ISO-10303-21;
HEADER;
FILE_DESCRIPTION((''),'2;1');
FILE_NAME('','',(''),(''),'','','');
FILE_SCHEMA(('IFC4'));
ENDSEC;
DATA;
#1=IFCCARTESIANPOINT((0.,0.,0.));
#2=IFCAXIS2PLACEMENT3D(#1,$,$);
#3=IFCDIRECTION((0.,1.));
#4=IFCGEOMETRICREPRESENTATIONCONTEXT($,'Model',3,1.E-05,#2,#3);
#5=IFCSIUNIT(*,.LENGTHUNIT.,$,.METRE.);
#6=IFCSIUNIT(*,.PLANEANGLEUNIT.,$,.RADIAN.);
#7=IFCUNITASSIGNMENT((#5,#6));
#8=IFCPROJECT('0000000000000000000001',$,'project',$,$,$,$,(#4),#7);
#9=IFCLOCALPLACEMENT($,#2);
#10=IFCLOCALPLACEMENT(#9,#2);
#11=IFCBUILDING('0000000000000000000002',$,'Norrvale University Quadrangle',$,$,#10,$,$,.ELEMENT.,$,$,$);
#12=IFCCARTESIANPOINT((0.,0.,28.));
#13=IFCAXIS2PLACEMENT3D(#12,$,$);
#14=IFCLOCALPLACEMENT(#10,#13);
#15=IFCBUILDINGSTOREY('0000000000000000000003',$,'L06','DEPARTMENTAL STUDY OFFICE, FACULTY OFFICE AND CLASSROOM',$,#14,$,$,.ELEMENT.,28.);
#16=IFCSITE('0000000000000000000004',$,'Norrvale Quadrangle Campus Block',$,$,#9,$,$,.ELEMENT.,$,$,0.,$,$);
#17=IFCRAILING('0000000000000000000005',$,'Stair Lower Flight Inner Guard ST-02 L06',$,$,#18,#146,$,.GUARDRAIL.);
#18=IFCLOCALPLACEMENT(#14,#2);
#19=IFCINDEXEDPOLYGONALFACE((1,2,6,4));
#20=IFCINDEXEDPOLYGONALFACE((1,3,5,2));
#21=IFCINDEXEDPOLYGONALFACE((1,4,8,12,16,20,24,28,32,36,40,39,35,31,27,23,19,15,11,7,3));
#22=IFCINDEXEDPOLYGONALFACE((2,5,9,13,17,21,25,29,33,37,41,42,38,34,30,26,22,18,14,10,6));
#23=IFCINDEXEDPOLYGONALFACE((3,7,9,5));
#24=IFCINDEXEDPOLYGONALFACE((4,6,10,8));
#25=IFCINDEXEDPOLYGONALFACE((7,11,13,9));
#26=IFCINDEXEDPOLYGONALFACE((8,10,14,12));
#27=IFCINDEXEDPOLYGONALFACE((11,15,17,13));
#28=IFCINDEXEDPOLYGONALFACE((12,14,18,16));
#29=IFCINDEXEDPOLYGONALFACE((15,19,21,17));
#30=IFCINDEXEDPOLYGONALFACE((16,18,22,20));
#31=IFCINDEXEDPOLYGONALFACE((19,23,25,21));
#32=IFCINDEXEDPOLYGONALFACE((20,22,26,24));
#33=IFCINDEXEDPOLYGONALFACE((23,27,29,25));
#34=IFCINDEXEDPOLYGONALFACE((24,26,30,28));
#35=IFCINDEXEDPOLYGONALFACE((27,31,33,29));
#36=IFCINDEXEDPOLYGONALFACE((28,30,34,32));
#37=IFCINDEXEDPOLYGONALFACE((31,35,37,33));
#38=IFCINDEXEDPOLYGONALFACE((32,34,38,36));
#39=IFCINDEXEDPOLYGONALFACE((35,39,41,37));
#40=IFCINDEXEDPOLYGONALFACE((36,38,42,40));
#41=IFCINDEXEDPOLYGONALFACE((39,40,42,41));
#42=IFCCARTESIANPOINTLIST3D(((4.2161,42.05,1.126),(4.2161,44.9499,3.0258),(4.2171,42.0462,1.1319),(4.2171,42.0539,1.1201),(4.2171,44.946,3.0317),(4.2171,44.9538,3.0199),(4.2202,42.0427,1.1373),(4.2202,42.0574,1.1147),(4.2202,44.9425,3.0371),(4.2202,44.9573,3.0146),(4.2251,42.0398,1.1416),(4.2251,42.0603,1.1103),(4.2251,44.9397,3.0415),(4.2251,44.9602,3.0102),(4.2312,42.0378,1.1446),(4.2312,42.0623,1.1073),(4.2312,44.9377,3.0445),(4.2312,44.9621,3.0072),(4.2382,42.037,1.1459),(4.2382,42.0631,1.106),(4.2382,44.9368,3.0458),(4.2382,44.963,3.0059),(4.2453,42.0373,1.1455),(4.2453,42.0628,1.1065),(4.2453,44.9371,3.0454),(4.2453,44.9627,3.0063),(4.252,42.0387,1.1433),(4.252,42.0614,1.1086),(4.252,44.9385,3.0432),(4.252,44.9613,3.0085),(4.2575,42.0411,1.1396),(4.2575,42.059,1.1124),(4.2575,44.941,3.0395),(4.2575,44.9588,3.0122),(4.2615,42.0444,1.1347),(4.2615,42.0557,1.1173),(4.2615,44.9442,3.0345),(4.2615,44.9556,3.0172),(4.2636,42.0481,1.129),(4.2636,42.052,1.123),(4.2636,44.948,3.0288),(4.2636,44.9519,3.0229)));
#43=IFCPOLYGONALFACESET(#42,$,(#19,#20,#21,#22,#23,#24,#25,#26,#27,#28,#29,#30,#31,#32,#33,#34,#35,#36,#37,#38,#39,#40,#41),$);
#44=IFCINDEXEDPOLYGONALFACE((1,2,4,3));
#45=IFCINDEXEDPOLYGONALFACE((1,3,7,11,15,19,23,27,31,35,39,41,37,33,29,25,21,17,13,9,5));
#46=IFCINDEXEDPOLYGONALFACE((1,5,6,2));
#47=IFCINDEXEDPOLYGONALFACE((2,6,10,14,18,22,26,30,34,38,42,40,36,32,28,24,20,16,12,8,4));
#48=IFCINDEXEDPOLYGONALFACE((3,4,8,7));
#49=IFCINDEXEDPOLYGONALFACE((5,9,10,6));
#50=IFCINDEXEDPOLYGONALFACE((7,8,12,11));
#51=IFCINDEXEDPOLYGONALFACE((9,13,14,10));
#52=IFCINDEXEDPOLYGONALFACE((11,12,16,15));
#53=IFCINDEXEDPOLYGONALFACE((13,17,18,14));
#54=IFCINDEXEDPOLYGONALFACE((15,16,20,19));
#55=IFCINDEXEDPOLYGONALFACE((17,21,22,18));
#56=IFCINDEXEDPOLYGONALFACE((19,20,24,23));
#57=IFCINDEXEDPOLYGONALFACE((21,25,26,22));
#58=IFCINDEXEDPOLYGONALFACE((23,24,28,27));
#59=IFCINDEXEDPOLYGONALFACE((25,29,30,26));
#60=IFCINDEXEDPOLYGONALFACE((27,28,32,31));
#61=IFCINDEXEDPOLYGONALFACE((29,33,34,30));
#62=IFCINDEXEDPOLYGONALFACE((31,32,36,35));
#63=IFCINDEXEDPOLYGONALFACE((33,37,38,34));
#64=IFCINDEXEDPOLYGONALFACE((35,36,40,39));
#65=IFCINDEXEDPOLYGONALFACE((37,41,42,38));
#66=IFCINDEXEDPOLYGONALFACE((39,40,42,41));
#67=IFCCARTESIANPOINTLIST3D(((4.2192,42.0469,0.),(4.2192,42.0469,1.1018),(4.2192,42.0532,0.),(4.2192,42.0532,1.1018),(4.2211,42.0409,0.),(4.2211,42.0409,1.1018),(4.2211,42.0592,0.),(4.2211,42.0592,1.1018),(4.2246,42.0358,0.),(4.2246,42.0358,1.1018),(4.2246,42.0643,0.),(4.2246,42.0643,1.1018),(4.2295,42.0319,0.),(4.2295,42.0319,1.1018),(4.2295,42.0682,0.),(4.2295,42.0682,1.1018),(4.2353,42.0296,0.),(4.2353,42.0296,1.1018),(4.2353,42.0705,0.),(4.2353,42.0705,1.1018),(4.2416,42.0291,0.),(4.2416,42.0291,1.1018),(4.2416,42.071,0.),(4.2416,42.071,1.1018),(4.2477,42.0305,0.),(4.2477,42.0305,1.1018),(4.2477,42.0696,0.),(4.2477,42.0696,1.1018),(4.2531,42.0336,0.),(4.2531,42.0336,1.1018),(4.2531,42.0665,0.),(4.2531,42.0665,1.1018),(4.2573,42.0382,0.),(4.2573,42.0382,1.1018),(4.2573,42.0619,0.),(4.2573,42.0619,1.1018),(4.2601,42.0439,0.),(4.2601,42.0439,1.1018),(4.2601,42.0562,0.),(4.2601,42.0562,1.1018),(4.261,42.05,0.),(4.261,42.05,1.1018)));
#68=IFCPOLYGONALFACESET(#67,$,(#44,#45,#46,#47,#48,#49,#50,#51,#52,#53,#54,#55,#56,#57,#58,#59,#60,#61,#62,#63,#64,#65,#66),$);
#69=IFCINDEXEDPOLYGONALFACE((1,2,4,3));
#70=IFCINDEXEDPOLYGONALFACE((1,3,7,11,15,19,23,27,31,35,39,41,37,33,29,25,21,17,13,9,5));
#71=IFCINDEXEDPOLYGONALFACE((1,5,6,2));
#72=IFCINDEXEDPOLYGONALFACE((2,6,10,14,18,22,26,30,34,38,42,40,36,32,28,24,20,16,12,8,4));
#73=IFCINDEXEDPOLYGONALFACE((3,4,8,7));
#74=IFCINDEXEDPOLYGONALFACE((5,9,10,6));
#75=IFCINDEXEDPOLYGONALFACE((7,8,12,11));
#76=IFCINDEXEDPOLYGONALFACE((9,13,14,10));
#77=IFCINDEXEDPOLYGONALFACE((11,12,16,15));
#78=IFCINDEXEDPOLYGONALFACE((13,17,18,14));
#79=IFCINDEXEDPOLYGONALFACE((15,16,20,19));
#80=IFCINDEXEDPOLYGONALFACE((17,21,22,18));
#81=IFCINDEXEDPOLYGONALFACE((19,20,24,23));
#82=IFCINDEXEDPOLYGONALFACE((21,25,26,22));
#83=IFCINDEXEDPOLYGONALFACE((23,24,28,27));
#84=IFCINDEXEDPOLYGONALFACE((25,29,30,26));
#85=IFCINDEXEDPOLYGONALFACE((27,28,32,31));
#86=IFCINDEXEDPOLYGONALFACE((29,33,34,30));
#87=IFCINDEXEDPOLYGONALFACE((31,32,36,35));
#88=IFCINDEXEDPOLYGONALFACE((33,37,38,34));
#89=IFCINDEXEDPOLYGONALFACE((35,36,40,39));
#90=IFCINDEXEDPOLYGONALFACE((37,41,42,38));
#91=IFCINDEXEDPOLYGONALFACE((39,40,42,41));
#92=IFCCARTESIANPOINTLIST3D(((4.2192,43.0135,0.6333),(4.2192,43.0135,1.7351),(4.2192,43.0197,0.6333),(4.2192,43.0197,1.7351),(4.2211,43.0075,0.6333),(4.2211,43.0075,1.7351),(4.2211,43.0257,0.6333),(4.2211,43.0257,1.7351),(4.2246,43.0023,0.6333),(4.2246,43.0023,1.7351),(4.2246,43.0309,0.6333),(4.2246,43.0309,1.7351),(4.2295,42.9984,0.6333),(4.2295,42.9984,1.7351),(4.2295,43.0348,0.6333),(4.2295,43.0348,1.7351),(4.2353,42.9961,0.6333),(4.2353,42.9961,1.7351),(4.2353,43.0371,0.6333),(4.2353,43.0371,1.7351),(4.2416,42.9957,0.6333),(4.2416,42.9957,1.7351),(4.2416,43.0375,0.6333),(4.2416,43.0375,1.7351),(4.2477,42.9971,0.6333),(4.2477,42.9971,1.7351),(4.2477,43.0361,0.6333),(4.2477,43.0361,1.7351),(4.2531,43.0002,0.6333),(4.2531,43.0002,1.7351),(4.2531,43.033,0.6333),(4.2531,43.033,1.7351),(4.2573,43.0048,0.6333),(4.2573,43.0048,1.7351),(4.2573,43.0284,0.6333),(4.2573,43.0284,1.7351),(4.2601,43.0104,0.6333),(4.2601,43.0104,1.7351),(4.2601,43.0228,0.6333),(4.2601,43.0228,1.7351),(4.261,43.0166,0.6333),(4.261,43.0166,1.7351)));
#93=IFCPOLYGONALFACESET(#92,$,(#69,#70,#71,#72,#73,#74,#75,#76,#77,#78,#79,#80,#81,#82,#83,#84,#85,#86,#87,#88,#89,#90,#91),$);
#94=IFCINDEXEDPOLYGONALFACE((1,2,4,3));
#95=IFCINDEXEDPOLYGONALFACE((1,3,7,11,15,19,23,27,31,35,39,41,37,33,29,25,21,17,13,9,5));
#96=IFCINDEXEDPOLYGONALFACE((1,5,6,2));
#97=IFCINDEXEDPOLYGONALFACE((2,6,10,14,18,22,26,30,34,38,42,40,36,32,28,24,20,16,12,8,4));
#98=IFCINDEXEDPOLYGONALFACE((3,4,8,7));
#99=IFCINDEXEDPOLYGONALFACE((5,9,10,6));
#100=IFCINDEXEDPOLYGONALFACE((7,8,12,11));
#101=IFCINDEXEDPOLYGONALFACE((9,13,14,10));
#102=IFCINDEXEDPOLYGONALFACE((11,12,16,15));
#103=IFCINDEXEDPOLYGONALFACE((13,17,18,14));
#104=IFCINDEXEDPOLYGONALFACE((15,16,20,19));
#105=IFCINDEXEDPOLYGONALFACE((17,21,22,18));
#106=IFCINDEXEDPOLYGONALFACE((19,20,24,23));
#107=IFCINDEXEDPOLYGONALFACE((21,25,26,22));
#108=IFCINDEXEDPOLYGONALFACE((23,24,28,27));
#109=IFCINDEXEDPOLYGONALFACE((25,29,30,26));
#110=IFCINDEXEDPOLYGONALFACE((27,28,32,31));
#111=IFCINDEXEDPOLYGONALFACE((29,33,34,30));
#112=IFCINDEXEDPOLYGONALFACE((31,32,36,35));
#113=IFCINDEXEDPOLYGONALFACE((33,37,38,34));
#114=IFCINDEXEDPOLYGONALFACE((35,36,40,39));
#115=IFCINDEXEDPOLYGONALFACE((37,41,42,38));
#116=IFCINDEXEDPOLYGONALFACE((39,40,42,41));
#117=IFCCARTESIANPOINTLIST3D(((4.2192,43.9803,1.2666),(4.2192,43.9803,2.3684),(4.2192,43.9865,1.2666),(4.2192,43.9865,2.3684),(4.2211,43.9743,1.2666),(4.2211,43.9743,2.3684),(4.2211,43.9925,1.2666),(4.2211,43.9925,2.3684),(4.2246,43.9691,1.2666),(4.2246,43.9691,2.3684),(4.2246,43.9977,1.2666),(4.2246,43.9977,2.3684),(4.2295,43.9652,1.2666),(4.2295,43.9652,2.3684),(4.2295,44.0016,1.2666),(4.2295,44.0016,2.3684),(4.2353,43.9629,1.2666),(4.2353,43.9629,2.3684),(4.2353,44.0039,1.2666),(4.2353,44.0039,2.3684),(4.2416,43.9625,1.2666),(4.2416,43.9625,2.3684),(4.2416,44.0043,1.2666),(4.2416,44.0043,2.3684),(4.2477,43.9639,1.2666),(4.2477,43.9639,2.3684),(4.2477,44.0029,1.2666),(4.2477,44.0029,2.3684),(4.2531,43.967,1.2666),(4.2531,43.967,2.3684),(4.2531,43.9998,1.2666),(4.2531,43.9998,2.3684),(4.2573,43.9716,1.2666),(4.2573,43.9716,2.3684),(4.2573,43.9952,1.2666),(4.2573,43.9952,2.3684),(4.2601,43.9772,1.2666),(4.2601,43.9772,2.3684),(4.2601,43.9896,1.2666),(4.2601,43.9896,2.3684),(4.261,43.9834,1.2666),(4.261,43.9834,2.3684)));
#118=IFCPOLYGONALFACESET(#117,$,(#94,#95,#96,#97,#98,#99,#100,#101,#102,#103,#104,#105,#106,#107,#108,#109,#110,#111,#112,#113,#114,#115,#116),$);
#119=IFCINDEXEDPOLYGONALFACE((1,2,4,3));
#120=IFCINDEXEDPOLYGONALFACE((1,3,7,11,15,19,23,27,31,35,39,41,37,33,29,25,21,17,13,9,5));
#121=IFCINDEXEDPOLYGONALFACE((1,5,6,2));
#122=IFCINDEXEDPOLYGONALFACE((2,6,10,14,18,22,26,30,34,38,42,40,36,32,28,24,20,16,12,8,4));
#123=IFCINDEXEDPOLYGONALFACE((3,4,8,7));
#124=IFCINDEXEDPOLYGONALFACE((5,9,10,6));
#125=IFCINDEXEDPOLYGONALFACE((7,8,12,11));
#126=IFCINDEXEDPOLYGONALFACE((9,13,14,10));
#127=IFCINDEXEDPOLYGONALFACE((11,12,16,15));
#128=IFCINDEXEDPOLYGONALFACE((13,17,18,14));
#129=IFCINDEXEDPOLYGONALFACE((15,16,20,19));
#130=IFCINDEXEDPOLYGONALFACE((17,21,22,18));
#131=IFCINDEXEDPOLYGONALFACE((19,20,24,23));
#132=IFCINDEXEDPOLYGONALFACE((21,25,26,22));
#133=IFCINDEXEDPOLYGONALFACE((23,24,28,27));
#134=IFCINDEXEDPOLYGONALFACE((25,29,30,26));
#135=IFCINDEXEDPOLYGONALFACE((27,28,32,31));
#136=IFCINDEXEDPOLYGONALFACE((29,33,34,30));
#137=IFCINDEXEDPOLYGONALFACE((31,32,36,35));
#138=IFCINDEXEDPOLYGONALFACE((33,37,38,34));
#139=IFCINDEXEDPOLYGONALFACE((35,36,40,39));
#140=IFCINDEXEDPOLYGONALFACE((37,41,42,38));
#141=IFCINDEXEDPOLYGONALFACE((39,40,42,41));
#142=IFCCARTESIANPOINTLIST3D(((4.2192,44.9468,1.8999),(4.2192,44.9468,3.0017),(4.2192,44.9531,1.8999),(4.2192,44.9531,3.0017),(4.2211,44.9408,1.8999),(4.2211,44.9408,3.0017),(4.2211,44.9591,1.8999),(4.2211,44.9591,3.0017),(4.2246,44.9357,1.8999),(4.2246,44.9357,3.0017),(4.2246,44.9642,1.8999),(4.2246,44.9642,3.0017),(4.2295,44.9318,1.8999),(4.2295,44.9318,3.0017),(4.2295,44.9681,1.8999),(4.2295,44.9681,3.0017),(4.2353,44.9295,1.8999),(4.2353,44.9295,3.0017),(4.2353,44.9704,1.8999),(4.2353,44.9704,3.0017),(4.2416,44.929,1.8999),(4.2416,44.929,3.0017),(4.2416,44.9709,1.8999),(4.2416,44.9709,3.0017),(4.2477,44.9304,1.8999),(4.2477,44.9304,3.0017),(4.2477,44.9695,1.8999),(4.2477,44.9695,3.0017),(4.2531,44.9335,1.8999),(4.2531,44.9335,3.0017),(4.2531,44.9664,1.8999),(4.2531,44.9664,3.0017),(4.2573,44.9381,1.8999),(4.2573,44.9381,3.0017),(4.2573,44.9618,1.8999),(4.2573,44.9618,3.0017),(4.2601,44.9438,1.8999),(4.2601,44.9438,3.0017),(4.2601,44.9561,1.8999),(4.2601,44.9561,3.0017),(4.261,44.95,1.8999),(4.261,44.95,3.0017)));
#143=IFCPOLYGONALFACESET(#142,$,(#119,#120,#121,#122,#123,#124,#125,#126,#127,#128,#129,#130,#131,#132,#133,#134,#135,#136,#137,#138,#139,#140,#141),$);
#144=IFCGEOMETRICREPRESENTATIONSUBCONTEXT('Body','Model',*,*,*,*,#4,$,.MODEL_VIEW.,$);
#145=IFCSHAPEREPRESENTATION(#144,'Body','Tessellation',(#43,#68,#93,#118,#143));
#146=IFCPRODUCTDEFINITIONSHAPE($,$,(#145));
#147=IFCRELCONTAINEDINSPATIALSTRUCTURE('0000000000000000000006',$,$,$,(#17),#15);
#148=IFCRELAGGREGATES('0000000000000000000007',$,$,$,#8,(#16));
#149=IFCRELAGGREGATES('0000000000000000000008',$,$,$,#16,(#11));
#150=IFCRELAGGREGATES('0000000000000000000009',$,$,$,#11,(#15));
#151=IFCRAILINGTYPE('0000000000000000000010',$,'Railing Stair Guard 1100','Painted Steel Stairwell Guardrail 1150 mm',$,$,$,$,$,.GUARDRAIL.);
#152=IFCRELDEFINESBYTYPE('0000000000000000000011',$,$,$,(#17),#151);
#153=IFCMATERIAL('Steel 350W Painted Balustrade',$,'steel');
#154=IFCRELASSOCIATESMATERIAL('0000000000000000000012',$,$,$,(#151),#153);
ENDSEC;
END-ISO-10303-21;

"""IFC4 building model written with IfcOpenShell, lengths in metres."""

from ifc_helpers import new_model, si_unit, direction, frame, origin, origin_2d, place, context, subcontext, project, spatial, circle, extrude, material, type_object, element, save


model = new_model("IFC4")

# Units and contexts
model_context = context("Model", 3, precision=1e-05, world=origin(), true_north=direction((0.0, 1.0)))
body_context = subcontext(model_context, "Body", "Model", "MODEL_VIEW")
ifc_project = project(units=[si_unit("LENGTHUNIT", "METRE"), si_unit("PLANEANGLEUNIT", "RADIAN")], contexts=[model_context])

# Site, building, storey
site_placement = place(None, origin())
site = spatial("IfcSite", under=ifc_project, at=site_placement, Name="Norrvale Quadrangle Campus Block", CompositionType="ELEMENT", RefElevation=0.0)
building_placement = place(site_placement, origin())
building = spatial("IfcBuilding", under=site, at=building_placement, Name="Norrvale University Quadrangle", CompositionType="ELEMENT")
storey_placement = place(building_placement, frame((0.0, 0.0, 28.0)))
storey = spatial("IfcBuildingStorey", under=building, at=storey_placement, Name="L06", Description="DEPARTMENTAL STUDY OFFICE, FACULTY OFFICE AND CLASSROOM", CompositionType="ELEMENT", Elevation=28.0)

# Railing
ifc_material_1 = material(Name="Steel 350W Painted Balustrade", Category="steel")
railing_type_1 = type_object("IfcRailingType", Name="Railing Stair Guard 1100", Description="Painted Steel Stairwell Guardrail 1150 mm", PredefinedType="GUARDRAIL", material=ifc_material_1)
railing_1_placement = place(storey_placement, frame((4.24, 42.05, 0.0)))
element("IfcRailing", 1, at=railing_1_placement, inside=storey, type_object=railing_type_1, Name="Stair Lower Flight Inner Guard ST-02 L06", PredefinedType="GUARDRAIL", context=body_context, shape_type="SweptSolid", body=[
    extrude(circle(Radius=0.0239, at=origin_2d()), frame((0.0, 0.0, 1.126), z_axis=(0.0, 0.836466, 0.548019), x_axis=(-1.0, 0.0, 0.0)), (0.0, 0.0, 1.0), 3.4668),
    extrude(circle(Radius=0.021, at=origin_2d()), origin(), (0.0, 0.0, 1.0), 1.1018),
    extrude(circle(Radius=0.021, at=origin_2d()), frame((0.0, 0.9666, 0.6333)), (0.0, 0.0, 1.0), 1.1018),
    extrude(circle(Radius=0.021, at=origin_2d()), frame((0.0, 1.9333, 1.2666)), (0.0, 0.0, 1.0), 1.1018),
    extrude(circle(Radius=0.021, at=origin_2d()), frame((0.0, 2.8999, 1.8999)), (0.0, 0.0, 1.0), 1.1018),
])

save(model, "model.ifc")
